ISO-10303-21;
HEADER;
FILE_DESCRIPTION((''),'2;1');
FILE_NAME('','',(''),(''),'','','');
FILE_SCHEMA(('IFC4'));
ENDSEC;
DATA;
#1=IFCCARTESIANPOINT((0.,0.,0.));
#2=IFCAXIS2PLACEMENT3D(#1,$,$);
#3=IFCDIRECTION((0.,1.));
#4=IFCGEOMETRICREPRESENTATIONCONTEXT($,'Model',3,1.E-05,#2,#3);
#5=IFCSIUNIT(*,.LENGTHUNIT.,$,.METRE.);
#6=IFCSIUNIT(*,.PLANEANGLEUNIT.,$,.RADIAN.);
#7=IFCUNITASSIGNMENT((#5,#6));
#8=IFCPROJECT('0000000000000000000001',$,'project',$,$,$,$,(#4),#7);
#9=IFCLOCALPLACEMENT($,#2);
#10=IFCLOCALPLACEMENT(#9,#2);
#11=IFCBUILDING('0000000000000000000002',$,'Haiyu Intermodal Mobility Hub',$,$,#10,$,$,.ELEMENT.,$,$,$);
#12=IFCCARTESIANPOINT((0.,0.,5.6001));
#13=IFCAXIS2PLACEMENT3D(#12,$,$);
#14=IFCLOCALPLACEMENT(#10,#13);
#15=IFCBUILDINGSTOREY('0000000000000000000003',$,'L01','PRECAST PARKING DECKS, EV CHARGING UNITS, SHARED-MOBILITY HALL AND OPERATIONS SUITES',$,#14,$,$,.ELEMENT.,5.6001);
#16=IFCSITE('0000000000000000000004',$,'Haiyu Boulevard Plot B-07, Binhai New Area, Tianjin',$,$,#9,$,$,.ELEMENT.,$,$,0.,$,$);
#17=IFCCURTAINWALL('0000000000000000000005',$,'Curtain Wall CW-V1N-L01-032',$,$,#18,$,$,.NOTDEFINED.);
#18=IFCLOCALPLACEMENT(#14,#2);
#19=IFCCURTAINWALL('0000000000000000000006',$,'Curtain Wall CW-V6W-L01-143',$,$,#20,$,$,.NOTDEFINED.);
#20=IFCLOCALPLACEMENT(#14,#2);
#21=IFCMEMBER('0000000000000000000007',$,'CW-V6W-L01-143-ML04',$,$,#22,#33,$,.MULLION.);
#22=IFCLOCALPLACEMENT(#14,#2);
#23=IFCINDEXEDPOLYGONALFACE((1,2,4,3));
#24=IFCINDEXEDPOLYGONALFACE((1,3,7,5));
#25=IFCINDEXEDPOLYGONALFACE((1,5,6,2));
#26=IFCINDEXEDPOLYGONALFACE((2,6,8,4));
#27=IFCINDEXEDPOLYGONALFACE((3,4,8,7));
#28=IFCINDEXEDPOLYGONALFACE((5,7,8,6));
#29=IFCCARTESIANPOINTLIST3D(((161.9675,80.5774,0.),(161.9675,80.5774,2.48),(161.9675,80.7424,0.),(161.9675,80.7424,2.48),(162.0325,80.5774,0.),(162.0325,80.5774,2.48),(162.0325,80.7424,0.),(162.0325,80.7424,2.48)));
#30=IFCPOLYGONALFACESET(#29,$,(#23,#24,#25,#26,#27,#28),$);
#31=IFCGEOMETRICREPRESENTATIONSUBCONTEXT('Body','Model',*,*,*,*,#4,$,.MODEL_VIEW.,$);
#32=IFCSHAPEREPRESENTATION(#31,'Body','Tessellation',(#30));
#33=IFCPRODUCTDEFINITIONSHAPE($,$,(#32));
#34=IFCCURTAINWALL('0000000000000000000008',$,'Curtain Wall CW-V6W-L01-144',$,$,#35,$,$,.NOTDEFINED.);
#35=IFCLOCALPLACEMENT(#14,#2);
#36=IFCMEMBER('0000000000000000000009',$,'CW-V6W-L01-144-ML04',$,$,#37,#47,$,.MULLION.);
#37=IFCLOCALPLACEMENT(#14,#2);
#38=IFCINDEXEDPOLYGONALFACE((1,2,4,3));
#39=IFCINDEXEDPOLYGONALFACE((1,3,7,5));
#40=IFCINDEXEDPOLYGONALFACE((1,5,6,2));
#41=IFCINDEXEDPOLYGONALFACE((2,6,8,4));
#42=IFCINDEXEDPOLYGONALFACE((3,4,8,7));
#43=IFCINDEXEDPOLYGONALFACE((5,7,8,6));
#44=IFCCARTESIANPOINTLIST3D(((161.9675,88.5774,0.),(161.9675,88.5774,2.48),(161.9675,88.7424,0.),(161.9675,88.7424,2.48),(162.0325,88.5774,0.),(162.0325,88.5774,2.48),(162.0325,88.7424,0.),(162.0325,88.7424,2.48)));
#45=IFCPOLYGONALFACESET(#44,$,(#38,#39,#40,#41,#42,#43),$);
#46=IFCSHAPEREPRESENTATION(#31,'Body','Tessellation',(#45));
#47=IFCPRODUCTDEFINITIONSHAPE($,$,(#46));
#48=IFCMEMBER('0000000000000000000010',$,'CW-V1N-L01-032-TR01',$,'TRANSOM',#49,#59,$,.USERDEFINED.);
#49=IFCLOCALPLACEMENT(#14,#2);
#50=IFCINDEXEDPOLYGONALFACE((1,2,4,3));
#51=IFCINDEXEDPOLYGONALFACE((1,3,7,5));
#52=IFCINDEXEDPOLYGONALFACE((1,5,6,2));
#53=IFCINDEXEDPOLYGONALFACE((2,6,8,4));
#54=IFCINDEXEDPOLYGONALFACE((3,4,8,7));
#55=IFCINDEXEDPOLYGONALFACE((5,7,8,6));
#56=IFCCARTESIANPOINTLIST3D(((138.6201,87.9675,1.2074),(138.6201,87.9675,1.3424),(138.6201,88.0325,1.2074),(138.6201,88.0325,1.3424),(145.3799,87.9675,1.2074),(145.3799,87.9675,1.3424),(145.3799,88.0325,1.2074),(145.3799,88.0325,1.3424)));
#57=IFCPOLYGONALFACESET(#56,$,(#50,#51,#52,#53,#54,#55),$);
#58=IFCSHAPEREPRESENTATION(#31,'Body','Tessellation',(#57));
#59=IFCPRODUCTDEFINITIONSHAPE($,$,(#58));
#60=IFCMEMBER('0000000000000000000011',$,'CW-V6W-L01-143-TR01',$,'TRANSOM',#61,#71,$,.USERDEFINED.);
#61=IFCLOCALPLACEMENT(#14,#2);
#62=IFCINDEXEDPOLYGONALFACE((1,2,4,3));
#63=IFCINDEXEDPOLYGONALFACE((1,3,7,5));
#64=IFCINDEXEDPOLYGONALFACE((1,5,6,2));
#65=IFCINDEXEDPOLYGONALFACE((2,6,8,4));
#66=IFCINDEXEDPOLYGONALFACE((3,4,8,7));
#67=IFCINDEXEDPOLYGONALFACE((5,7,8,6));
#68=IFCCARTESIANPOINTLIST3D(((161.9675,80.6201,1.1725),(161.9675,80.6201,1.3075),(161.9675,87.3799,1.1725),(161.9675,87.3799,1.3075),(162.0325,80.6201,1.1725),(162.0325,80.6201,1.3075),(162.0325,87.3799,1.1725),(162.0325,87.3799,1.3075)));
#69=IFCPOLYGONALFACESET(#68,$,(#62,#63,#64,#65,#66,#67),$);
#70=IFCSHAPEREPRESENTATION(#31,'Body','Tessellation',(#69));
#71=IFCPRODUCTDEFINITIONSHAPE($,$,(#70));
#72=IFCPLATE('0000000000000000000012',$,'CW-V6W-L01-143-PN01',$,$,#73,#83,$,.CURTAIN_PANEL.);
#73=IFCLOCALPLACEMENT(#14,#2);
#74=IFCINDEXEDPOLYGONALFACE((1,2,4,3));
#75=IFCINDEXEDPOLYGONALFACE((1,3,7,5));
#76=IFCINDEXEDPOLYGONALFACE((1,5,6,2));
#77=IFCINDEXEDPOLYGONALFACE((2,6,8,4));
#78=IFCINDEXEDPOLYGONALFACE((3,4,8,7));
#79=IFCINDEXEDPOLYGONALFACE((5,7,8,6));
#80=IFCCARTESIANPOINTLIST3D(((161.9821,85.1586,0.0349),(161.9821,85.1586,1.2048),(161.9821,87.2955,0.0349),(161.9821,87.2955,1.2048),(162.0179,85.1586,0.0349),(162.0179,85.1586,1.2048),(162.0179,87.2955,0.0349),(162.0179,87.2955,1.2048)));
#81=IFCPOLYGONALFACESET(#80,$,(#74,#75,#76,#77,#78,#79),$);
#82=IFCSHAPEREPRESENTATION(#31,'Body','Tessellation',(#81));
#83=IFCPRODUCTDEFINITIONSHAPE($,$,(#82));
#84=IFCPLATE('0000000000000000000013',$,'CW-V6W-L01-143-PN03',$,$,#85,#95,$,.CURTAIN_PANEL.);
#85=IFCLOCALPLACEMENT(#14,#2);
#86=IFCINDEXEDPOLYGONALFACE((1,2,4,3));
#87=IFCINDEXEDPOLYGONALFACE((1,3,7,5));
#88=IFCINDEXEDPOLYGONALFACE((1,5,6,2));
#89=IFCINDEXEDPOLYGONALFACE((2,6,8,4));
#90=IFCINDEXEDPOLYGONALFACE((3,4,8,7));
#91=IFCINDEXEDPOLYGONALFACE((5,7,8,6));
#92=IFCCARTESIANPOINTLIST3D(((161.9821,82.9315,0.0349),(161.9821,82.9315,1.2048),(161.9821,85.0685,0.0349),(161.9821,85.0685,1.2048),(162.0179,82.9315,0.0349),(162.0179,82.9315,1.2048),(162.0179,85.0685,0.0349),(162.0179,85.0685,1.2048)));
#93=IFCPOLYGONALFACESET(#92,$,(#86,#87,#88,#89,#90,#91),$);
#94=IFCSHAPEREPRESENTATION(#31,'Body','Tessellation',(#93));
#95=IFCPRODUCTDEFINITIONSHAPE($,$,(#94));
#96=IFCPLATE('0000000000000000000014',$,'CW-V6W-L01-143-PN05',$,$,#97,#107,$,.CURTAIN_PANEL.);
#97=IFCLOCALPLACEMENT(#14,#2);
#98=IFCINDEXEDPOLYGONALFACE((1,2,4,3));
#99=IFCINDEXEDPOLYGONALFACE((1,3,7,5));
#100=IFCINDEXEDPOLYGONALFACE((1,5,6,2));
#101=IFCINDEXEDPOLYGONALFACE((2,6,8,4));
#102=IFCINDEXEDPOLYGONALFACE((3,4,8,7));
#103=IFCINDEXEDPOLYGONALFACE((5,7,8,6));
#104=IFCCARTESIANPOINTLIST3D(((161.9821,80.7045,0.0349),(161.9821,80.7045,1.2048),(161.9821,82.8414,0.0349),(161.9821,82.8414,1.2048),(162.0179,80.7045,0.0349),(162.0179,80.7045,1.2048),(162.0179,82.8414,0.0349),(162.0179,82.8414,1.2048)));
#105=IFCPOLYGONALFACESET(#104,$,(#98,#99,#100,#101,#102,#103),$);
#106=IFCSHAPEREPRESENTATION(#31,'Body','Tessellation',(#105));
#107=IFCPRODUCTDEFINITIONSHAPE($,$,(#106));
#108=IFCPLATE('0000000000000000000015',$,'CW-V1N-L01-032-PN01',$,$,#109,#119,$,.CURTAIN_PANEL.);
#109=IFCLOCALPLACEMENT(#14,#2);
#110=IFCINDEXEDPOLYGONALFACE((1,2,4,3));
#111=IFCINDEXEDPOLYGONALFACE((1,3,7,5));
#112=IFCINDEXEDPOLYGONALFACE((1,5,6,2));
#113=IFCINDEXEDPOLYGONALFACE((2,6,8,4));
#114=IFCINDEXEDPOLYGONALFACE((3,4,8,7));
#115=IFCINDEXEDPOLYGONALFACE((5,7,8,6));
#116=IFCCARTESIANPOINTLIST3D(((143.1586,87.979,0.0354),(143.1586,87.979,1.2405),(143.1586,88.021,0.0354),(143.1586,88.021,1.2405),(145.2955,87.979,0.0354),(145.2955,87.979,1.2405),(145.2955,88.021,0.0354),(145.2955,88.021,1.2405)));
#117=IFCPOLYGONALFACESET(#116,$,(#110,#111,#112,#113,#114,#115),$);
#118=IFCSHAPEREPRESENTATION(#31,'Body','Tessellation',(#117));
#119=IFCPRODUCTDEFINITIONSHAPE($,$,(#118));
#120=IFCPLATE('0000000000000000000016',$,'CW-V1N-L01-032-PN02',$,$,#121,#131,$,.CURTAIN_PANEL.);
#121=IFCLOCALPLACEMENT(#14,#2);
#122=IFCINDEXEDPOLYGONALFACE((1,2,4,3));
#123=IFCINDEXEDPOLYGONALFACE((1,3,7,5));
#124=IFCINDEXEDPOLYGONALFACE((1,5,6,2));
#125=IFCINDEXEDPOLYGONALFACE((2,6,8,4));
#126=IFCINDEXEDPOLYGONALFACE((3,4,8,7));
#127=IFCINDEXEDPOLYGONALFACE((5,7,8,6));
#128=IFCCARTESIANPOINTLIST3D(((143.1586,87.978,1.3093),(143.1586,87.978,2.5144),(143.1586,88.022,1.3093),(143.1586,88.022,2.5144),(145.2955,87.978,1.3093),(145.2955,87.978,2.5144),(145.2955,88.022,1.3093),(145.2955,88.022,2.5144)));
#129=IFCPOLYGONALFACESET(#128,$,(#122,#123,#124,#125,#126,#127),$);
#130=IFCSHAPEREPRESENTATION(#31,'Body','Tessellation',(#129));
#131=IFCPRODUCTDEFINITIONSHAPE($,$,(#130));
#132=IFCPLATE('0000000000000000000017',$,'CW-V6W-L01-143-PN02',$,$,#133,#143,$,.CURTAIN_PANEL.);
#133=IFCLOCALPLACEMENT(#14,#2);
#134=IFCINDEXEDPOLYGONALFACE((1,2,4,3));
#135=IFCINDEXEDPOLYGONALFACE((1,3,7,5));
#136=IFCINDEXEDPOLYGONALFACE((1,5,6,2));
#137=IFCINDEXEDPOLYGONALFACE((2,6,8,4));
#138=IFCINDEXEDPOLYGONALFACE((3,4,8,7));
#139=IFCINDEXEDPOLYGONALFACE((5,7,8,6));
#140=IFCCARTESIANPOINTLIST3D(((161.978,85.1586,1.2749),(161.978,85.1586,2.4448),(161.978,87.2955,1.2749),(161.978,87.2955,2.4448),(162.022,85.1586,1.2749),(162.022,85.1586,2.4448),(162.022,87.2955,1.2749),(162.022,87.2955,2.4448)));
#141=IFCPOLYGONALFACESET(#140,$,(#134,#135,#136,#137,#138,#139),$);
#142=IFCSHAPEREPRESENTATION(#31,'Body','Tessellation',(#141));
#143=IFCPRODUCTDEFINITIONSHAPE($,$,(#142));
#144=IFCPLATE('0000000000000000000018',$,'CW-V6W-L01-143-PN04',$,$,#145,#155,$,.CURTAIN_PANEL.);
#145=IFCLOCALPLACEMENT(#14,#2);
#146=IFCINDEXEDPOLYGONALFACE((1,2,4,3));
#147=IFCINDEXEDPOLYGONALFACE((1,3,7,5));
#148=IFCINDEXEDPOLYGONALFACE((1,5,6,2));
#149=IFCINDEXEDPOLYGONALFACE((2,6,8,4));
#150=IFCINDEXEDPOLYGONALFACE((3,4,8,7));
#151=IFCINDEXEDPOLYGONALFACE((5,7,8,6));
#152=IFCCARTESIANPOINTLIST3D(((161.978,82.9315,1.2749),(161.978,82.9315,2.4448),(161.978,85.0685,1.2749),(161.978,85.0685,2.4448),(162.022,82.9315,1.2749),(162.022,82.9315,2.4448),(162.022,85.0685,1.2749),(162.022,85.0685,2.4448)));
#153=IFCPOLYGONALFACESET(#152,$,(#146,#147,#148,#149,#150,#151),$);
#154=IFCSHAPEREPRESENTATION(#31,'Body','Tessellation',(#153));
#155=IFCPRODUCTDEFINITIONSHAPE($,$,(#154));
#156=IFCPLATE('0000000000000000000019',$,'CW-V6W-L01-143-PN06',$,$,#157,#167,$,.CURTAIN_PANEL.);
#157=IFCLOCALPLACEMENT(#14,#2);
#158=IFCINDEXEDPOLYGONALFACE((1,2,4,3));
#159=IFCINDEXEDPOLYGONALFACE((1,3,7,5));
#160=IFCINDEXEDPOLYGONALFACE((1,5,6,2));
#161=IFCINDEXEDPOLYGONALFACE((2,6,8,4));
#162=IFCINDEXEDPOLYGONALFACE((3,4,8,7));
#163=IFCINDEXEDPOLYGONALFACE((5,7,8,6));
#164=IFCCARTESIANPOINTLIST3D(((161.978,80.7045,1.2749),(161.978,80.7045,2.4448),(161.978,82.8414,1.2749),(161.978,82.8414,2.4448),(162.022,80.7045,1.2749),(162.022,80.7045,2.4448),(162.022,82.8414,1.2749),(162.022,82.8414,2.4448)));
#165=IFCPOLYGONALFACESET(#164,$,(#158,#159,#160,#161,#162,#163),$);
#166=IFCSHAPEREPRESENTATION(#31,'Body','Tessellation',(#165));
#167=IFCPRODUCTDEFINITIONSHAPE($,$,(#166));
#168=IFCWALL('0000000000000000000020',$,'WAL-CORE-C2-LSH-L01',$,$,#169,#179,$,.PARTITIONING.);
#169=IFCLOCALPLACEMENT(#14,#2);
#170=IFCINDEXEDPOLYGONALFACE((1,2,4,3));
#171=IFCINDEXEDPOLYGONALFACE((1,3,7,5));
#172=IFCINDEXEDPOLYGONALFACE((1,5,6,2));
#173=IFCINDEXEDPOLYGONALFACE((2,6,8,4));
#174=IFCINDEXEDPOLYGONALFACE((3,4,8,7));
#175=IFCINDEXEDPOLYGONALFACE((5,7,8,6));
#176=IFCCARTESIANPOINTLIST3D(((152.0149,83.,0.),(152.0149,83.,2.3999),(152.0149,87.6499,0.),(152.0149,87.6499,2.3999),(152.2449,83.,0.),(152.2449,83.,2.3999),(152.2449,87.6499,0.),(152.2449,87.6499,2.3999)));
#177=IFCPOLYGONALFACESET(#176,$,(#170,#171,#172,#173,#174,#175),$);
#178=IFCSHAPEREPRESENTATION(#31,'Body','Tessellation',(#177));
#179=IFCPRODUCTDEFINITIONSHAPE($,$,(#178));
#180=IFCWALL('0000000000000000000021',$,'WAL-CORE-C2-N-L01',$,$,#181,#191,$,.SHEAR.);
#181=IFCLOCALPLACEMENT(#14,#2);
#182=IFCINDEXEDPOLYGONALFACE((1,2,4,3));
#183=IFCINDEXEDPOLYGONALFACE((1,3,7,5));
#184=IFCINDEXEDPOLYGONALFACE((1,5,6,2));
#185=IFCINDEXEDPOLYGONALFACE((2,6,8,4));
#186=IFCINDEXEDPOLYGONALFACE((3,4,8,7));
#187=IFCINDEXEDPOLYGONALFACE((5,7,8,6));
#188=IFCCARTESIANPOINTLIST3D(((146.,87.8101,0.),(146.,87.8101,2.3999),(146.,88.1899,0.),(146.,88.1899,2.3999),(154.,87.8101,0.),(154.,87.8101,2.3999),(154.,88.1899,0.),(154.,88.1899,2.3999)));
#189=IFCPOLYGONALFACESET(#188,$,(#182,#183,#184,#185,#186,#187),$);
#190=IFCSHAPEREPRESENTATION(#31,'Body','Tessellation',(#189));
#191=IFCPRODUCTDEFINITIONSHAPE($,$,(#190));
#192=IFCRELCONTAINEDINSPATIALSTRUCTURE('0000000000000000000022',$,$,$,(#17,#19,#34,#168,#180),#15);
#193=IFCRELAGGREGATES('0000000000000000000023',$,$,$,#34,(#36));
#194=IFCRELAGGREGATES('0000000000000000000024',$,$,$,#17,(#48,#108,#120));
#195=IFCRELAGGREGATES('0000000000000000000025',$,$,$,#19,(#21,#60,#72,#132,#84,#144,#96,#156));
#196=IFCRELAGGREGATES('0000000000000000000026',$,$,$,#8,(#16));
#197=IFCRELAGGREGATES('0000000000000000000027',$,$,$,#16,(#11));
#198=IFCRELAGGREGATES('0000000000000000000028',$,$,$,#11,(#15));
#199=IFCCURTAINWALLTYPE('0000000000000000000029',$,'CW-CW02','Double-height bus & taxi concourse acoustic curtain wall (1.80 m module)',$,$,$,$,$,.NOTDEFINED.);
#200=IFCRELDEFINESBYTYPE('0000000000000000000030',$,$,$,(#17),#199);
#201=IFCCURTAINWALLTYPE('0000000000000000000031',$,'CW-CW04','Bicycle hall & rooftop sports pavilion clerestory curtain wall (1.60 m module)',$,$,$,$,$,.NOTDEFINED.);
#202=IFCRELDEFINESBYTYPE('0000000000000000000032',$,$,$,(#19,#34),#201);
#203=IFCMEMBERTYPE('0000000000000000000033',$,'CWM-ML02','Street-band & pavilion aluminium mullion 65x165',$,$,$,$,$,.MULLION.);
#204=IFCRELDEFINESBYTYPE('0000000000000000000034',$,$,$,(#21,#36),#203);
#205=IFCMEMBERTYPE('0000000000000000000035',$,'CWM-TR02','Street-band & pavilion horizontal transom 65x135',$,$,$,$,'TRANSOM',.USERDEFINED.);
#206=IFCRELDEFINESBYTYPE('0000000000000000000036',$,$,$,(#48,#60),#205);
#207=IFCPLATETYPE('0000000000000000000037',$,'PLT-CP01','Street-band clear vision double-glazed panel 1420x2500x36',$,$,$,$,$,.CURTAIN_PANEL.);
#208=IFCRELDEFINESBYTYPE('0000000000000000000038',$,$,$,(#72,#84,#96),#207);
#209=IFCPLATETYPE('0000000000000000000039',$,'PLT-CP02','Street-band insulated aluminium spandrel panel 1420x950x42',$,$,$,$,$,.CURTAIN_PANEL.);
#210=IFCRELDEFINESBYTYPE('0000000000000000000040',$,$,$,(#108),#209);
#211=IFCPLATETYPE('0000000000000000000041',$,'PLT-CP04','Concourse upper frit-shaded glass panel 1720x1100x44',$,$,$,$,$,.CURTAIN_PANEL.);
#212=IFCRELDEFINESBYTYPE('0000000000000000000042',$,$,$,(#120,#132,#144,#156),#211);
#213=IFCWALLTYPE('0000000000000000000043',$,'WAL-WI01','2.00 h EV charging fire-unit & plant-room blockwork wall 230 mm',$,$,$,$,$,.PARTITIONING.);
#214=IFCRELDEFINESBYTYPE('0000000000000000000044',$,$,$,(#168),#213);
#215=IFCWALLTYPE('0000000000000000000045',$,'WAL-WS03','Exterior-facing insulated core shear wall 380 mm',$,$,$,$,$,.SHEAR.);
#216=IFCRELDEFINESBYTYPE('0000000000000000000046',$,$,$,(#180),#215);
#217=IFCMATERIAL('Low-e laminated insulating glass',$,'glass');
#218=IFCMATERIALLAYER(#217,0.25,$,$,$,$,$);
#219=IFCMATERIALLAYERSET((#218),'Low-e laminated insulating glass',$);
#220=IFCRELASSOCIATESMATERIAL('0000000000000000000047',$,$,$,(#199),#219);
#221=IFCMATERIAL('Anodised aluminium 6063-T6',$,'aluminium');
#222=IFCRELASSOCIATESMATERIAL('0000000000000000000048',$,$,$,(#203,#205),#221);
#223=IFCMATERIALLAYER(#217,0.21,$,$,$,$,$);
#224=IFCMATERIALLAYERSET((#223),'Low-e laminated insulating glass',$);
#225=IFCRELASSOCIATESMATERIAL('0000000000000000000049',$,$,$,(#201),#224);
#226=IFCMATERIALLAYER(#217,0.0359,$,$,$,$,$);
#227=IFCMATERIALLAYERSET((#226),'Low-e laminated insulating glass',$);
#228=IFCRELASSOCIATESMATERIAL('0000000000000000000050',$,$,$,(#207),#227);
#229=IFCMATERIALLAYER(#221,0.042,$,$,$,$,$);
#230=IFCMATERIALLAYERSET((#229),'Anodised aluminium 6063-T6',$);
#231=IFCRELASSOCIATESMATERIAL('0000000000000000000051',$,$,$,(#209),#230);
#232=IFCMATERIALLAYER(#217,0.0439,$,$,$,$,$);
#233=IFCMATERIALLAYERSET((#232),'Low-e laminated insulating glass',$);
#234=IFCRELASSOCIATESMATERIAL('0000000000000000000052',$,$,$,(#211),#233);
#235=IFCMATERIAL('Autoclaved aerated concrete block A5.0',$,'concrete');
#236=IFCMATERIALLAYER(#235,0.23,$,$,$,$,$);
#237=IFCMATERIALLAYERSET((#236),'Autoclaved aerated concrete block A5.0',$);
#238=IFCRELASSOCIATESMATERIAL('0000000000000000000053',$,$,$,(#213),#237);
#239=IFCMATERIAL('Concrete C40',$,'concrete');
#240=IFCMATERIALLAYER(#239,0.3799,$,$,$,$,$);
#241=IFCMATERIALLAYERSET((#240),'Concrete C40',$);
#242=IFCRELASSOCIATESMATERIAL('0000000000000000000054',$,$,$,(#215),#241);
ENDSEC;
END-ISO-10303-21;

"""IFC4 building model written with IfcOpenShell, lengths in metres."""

from ifc_helpers import new_model, si_unit, direction, frame, frame_2d, origin, origin_2d, place, context, subcontext, project, spatial, rectangle, extrude, material, layer, layer_set, material_profile, profile_set, type_object, element, aggregate, save


model = new_model("IFC4")

# Units and contexts
model_context = context("Model", 3, precision=1e-05, world=origin(), true_north=direction((0.0, 1.0)))
body_context = subcontext(model_context, "Body", "Model", "MODEL_VIEW")
ifc_project = project(units=[si_unit("LENGTHUNIT", "METRE"), si_unit("PLANEANGLEUNIT", "RADIAN")], contexts=[model_context])

# Site, building, storey
site_placement = place(None, origin())
site = spatial("IfcSite", under=ifc_project, at=site_placement, Name="Haiyu Boulevard Plot B-07, Binhai New Area, Tianjin", CompositionType="ELEMENT", RefElevation=0.0)
building_placement = place(site_placement, origin())
building = spatial("IfcBuilding", under=site, at=building_placement, Name="Haiyu Intermodal Mobility Hub", CompositionType="ELEMENT")
storey_placement = place(building_placement, frame((0.0, 0.0, 5.6001)))
storey = spatial("IfcBuildingStorey", under=building, at=storey_placement, Name="L01", Description="PRECAST PARKING DECKS, EV CHARGING UNITS, SHARED-MOBILITY HALL AND OPERATIONS SUITES", CompositionType="ELEMENT", Elevation=5.6001)

# Shared definitions
ifc_material_1 = material(Name="Concrete C40", Category="concrete")

# Curtain walls, member
ifc_material_2 = material(Name="Low-e laminated insulating glass", Category="glass")
ifc_layer_1 = layer(ifc_material_2, 0.25)
ifc_layer_set_1 = layer_set([ifc_layer_1], Name="Low-e laminated insulating glass")
curtain_wall_type_1 = type_object("IfcCurtainWallType", Name="CW-CW02", Description="Double-height bus & taxi concourse acoustic curtain wall (1.80 m module)", PredefinedType="NOTDEFINED", material=ifc_layer_set_1)
curtain_wall_1_placement = place(storey_placement, origin())
curtain_wall_1 = element("IfcCurtainWall", 1, at=curtain_wall_1_placement, inside=storey, type_object=curtain_wall_type_1, Name="Curtain Wall CW-V1N-L01-032", PredefinedType="NOTDEFINED")
ifc_material_3 = material(Name="Anodised aluminium 6063-T6", Category="aluminium")
ifc_material_profile_1 = material_profile(ifc_material_3, rectangle(XDim=0.0649, YDim=0.165, at=origin_2d()), Name="ALU65x165")
ifc_profile_set_1 = profile_set([ifc_material_profile_1], Name="Anodised aluminium 6063-T6")
member_type_1 = type_object("IfcMemberType", Name="CWM-ML02", Description="Street-band & pavilion aluminium mullion 65x165", PredefinedType="MULLION", material=ifc_profile_set_1)
ifc_layer_2 = layer(ifc_material_2, 0.21)
ifc_layer_set_2 = layer_set([ifc_layer_2], Name="Low-e laminated insulating glass")
curtain_wall_type_2 = type_object("IfcCurtainWallType", Name="CW-CW04", Description="Bicycle hall & rooftop sports pavilion clerestory curtain wall (1.60 m module)", PredefinedType="NOTDEFINED", material=ifc_layer_set_2)
curtain_wall_2_placement = place(storey_placement, origin())
curtain_wall_2 = element("IfcCurtainWall", 2, at=curtain_wall_2_placement, inside=storey, type_object=curtain_wall_type_2, Name="Curtain Wall CW-V6W-L01-143", PredefinedType="NOTDEFINED")
member_1_placement = place(storey_placement, frame((162.0, 80.6599, 0.0), z_axis=(0.0, 0.0, 1.0), x_axis=(1.0, 0.0, 0.0)))
member_1 = element("IfcMember", 3, at=member_1_placement, type_object=member_type_1, Name="CW-V6W-L01-143-ML04", PredefinedType="MULLION", context=body_context, shape_type="SweptSolid", body=[
    extrude(rectangle(XDim=0.0649, YDim=0.165, at=origin_2d()), origin(), (0.0, 0.0, 1.0), 2.48),
])

# Curtain wall, member
curtain_wall_3_placement = place(storey_placement, origin())
curtain_wall_3 = element("IfcCurtainWall", 4, at=curtain_wall_3_placement, inside=storey, type_object=curtain_wall_type_2, Name="Curtain Wall CW-V6W-L01-144", PredefinedType="NOTDEFINED")
member_2_placement = place(storey_placement, frame((162.0, 88.6599, 0.0), z_axis=(0.0, 0.0, 1.0), x_axis=(1.0, 0.0, 0.0)))
member_2 = element("IfcMember", 5, at=member_2_placement, type_object=member_type_1, Name="CW-V6W-L01-144-ML04", PredefinedType="MULLION", context=body_context, shape_type="SweptSolid", body=[
    extrude(rectangle(XDim=0.0649, YDim=0.165, at=origin_2d()), origin(), (0.0, 0.0, 1.0), 2.48),
])
aggregate(curtain_wall_3, [member_2])

# Members
ifc_material_profile_2 = material_profile(ifc_material_3, rectangle(XDim=0.0649, YDim=0.135, at=origin_2d()), Name="ALU65x135")
ifc_profile_set_2 = profile_set([ifc_material_profile_2], Name="Anodised aluminium 6063-T6")
member_type_2 = type_object("IfcMemberType", Name="CWM-TR02", Description="Street-band & pavilion horizontal transom 65x135", ElementType="TRANSOM", PredefinedType="USERDEFINED", material=ifc_profile_set_2)
member_3_placement = place(storey_placement, frame((145.3799, 88.0, 1.2749), z_axis=(-1.0, 0.0, 0.0), x_axis=(0.0, -1.0, 0.0)))
member_3 = element("IfcMember", 6, at=member_3_placement, type_object=member_type_2, Name="CW-V1N-L01-032-TR01", ObjectType="TRANSOM", PredefinedType="USERDEFINED", context=body_context, shape_type="SweptSolid", body=[
    extrude(rectangle(XDim=0.0649, YDim=0.135, at=origin_2d()), origin(), (0.0, 0.0, 1.0), 6.7598),
])
member_4_placement = place(storey_placement, frame((162.0, 87.3799, 1.24), z_axis=(0.0, -1.0, 0.0), x_axis=(1.0, 0.0, 0.0)))
member_4 = element("IfcMember", 7, at=member_4_placement, type_object=member_type_2, Name="CW-V6W-L01-143-TR01", ObjectType="TRANSOM", PredefinedType="USERDEFINED", context=body_context, shape_type="SweptSolid", body=[
    extrude(rectangle(XDim=0.0649, YDim=0.135, at=origin_2d()), origin(), (0.0, 0.0, 1.0), 6.7598),
])

# Plates
ifc_layer_3 = layer(ifc_material_2, 0.0359)
ifc_layer_set_3 = layer_set([ifc_layer_3], Name="Low-e laminated insulating glass")
plate_type_1 = type_object("IfcPlateType", Name="PLT-CP01", Description="Street-band clear vision double-glazed panel 1420x2500x36", PredefinedType="CURTAIN_PANEL", material=ifc_layer_set_3)
plate_1_placement = place(storey_placement, frame((162.0, 86.2271, 0.0349), z_axis=(0.0, 0.0, 1.0), x_axis=(0.0, -1.0, 0.0)))
plate_1 = element("IfcPlate", 8, at=plate_1_placement, type_object=plate_type_1, Name="CW-V6W-L01-143-PN01", PredefinedType="CURTAIN_PANEL", context=body_context, shape_type="SweptSolid", body=[
    extrude(rectangle(XDim=2.137, YDim=0.0359, at=origin_2d()), origin(), (0.0, 0.0, 1.0), 1.1699),
])
plate_2_placement = place(storey_placement, frame((162.0, 84.0, 0.0349), z_axis=(0.0, 0.0, 1.0), x_axis=(0.0, -1.0, 0.0)))
plate_2 = element("IfcPlate", 9, at=plate_2_placement, type_object=plate_type_1, Name="CW-V6W-L01-143-PN03", PredefinedType="CURTAIN_PANEL", context=body_context, shape_type="SweptSolid", body=[
    extrude(rectangle(XDim=2.137, YDim=0.0359, at=origin_2d()), origin(), (0.0, 0.0, 1.0), 1.1699),
])
plate_3_placement = place(storey_placement, frame((162.0, 81.7729, 0.0349), z_axis=(0.0, 0.0, 1.0), x_axis=(0.0, -1.0, 0.0)))
plate_3 = element("IfcPlate", 10, at=plate_3_placement, type_object=plate_type_1, Name="CW-V6W-L01-143-PN05", PredefinedType="CURTAIN_PANEL", context=body_context, shape_type="SweptSolid", body=[
    extrude(rectangle(XDim=2.137, YDim=0.0359, at=origin_2d()), origin(), (0.0, 0.0, 1.0), 1.1699),
])
ifc_layer_4 = layer(ifc_material_3, 0.042)
ifc_layer_set_4 = layer_set([ifc_layer_4], Name="Anodised aluminium 6063-T6")
plate_type_2 = type_object("IfcPlateType", Name="PLT-CP02", Description="Street-band insulated aluminium spandrel panel 1420x950x42", PredefinedType="CURTAIN_PANEL", material=ifc_layer_set_4)
plate_4_placement = place(storey_placement, frame((144.2271, 88.0, 0.0354), z_axis=(0.0, 0.0, 1.0), x_axis=(-1.0, 0.0, 0.0)))
plate_4 = element("IfcPlate", 11, at=plate_4_placement, type_object=plate_type_2, Name="CW-V1N-L01-032-PN01", PredefinedType="CURTAIN_PANEL", context=body_context, shape_type="SweptSolid", body=[
    extrude(rectangle(XDim=2.137, YDim=0.042, at=origin_2d()), origin(), (0.0, 0.0, 1.0), 1.2051),
])
ifc_layer_5 = layer(ifc_material_2, 0.0439)
ifc_layer_set_5 = layer_set([ifc_layer_5], Name="Low-e laminated insulating glass")
plate_type_3 = type_object("IfcPlateType", Name="PLT-CP04", Description="Concourse upper frit-shaded glass panel 1720x1100x44", PredefinedType="CURTAIN_PANEL", material=ifc_layer_set_5)
plate_5_placement = place(storey_placement, frame((144.2271, 88.0, 1.3093), z_axis=(0.0, 0.0, 1.0), x_axis=(-1.0, 0.0, 0.0)))
plate_5 = element("IfcPlate", 12, at=plate_5_placement, type_object=plate_type_3, Name="CW-V1N-L01-032-PN02", PredefinedType="CURTAIN_PANEL", context=body_context, shape_type="SweptSolid", body=[
    extrude(rectangle(XDim=2.137, YDim=0.0439, at=origin_2d()), origin(), (0.0, 0.0, 1.0), 1.2051),
])
aggregate(curtain_wall_1, [member_3, plate_4, plate_5])
plate_6_placement = place(storey_placement, frame((162.0, 86.2271, 1.2749), z_axis=(0.0, 0.0, 1.0), x_axis=(0.0, -1.0, 0.0)))
plate_6 = element("IfcPlate", 13, at=plate_6_placement, type_object=plate_type_3, Name="CW-V6W-L01-143-PN02", PredefinedType="CURTAIN_PANEL", context=body_context, shape_type="SweptSolid", body=[
    extrude(rectangle(XDim=2.137, YDim=0.0439, at=origin_2d()), origin(), (0.0, 0.0, 1.0), 1.1699),
])
plate_7_placement = place(storey_placement, frame((162.0, 84.0, 1.2749), z_axis=(0.0, 0.0, 1.0), x_axis=(0.0, -1.0, 0.0)))
plate_7 = element("IfcPlate", 14, at=plate_7_placement, type_object=plate_type_3, Name="CW-V6W-L01-143-PN04", PredefinedType="CURTAIN_PANEL", context=body_context, shape_type="SweptSolid", body=[
    extrude(rectangle(XDim=2.137, YDim=0.0439, at=origin_2d()), origin(), (0.0, 0.0, 1.0), 1.1699),
])
plate_8_placement = place(storey_placement, frame((162.0, 81.7729, 1.2749), z_axis=(0.0, 0.0, 1.0), x_axis=(0.0, -1.0, 0.0)))
plate_8 = element("IfcPlate", 15, at=plate_8_placement, type_object=plate_type_3, Name="CW-V6W-L01-143-PN06", PredefinedType="CURTAIN_PANEL", context=body_context, shape_type="SweptSolid", body=[
    extrude(rectangle(XDim=2.137, YDim=0.0439, at=origin_2d()), origin(), (0.0, 0.0, 1.0), 1.1699),
])
aggregate(curtain_wall_2, [member_1, member_4, plate_1, plate_6, plate_2, plate_7, plate_3, plate_8])

# Wall
ifc_material_4 = material(Name="Autoclaved aerated concrete block A5.0", Category="concrete")
ifc_layer_6 = layer(ifc_material_4, 0.23)
ifc_layer_set_6 = layer_set([ifc_layer_6], Name="Autoclaved aerated concrete block A5.0")
wall_type_1 = type_object("IfcWallType", Name="WAL-WI01", Description="2.00 h EV charging fire-unit & plant-room blockwork wall 230 mm", PredefinedType="PARTITIONING", material=ifc_layer_set_6)
wall_1_placement = place(storey_placement, frame((152.1299, 83.0, 0.0), z_axis=(0.0, 0.0, 1.0), x_axis=(0.0, 1.0, 0.0)))
element("IfcWall", 16, at=wall_1_placement, inside=storey, type_object=wall_type_1, Name="WAL-CORE-C2-LSH-L01", PredefinedType="PARTITIONING", context=body_context, shape_type="SweptSolid", body=[
    extrude(rectangle(XDim=4.6499, YDim=0.23, at=frame_2d((2.325, 0.0))), origin(), (0.0, 0.0, 1.0), 2.3999),
])

# Wall
ifc_layer_7 = layer(ifc_material_1, 0.3799)
ifc_layer_set_7 = layer_set([ifc_layer_7], Name="Concrete C40")
wall_type_2 = type_object("IfcWallType", Name="WAL-WS03", Description="Exterior-facing insulated core shear wall 380 mm", PredefinedType="SHEAR", material=ifc_layer_set_7)
wall_2_placement = place(storey_placement, frame((154.0, 88.0, 0.0), z_axis=(0.0, 0.0, 1.0), x_axis=(-1.0, 0.0, 0.0)))
element("IfcWall", 17, at=wall_2_placement, inside=storey, type_object=wall_type_2, Name="WAL-CORE-C2-N-L01", PredefinedType="SHEAR", context=body_context, shape_type="SweptSolid", body=[
    extrude(rectangle(XDim=8.0, YDim=0.3799, at=frame_2d((4.0, 0.0))), origin(), (0.0, 0.0, 1.0), 2.3999),
])

save(model, "model.ifc")
